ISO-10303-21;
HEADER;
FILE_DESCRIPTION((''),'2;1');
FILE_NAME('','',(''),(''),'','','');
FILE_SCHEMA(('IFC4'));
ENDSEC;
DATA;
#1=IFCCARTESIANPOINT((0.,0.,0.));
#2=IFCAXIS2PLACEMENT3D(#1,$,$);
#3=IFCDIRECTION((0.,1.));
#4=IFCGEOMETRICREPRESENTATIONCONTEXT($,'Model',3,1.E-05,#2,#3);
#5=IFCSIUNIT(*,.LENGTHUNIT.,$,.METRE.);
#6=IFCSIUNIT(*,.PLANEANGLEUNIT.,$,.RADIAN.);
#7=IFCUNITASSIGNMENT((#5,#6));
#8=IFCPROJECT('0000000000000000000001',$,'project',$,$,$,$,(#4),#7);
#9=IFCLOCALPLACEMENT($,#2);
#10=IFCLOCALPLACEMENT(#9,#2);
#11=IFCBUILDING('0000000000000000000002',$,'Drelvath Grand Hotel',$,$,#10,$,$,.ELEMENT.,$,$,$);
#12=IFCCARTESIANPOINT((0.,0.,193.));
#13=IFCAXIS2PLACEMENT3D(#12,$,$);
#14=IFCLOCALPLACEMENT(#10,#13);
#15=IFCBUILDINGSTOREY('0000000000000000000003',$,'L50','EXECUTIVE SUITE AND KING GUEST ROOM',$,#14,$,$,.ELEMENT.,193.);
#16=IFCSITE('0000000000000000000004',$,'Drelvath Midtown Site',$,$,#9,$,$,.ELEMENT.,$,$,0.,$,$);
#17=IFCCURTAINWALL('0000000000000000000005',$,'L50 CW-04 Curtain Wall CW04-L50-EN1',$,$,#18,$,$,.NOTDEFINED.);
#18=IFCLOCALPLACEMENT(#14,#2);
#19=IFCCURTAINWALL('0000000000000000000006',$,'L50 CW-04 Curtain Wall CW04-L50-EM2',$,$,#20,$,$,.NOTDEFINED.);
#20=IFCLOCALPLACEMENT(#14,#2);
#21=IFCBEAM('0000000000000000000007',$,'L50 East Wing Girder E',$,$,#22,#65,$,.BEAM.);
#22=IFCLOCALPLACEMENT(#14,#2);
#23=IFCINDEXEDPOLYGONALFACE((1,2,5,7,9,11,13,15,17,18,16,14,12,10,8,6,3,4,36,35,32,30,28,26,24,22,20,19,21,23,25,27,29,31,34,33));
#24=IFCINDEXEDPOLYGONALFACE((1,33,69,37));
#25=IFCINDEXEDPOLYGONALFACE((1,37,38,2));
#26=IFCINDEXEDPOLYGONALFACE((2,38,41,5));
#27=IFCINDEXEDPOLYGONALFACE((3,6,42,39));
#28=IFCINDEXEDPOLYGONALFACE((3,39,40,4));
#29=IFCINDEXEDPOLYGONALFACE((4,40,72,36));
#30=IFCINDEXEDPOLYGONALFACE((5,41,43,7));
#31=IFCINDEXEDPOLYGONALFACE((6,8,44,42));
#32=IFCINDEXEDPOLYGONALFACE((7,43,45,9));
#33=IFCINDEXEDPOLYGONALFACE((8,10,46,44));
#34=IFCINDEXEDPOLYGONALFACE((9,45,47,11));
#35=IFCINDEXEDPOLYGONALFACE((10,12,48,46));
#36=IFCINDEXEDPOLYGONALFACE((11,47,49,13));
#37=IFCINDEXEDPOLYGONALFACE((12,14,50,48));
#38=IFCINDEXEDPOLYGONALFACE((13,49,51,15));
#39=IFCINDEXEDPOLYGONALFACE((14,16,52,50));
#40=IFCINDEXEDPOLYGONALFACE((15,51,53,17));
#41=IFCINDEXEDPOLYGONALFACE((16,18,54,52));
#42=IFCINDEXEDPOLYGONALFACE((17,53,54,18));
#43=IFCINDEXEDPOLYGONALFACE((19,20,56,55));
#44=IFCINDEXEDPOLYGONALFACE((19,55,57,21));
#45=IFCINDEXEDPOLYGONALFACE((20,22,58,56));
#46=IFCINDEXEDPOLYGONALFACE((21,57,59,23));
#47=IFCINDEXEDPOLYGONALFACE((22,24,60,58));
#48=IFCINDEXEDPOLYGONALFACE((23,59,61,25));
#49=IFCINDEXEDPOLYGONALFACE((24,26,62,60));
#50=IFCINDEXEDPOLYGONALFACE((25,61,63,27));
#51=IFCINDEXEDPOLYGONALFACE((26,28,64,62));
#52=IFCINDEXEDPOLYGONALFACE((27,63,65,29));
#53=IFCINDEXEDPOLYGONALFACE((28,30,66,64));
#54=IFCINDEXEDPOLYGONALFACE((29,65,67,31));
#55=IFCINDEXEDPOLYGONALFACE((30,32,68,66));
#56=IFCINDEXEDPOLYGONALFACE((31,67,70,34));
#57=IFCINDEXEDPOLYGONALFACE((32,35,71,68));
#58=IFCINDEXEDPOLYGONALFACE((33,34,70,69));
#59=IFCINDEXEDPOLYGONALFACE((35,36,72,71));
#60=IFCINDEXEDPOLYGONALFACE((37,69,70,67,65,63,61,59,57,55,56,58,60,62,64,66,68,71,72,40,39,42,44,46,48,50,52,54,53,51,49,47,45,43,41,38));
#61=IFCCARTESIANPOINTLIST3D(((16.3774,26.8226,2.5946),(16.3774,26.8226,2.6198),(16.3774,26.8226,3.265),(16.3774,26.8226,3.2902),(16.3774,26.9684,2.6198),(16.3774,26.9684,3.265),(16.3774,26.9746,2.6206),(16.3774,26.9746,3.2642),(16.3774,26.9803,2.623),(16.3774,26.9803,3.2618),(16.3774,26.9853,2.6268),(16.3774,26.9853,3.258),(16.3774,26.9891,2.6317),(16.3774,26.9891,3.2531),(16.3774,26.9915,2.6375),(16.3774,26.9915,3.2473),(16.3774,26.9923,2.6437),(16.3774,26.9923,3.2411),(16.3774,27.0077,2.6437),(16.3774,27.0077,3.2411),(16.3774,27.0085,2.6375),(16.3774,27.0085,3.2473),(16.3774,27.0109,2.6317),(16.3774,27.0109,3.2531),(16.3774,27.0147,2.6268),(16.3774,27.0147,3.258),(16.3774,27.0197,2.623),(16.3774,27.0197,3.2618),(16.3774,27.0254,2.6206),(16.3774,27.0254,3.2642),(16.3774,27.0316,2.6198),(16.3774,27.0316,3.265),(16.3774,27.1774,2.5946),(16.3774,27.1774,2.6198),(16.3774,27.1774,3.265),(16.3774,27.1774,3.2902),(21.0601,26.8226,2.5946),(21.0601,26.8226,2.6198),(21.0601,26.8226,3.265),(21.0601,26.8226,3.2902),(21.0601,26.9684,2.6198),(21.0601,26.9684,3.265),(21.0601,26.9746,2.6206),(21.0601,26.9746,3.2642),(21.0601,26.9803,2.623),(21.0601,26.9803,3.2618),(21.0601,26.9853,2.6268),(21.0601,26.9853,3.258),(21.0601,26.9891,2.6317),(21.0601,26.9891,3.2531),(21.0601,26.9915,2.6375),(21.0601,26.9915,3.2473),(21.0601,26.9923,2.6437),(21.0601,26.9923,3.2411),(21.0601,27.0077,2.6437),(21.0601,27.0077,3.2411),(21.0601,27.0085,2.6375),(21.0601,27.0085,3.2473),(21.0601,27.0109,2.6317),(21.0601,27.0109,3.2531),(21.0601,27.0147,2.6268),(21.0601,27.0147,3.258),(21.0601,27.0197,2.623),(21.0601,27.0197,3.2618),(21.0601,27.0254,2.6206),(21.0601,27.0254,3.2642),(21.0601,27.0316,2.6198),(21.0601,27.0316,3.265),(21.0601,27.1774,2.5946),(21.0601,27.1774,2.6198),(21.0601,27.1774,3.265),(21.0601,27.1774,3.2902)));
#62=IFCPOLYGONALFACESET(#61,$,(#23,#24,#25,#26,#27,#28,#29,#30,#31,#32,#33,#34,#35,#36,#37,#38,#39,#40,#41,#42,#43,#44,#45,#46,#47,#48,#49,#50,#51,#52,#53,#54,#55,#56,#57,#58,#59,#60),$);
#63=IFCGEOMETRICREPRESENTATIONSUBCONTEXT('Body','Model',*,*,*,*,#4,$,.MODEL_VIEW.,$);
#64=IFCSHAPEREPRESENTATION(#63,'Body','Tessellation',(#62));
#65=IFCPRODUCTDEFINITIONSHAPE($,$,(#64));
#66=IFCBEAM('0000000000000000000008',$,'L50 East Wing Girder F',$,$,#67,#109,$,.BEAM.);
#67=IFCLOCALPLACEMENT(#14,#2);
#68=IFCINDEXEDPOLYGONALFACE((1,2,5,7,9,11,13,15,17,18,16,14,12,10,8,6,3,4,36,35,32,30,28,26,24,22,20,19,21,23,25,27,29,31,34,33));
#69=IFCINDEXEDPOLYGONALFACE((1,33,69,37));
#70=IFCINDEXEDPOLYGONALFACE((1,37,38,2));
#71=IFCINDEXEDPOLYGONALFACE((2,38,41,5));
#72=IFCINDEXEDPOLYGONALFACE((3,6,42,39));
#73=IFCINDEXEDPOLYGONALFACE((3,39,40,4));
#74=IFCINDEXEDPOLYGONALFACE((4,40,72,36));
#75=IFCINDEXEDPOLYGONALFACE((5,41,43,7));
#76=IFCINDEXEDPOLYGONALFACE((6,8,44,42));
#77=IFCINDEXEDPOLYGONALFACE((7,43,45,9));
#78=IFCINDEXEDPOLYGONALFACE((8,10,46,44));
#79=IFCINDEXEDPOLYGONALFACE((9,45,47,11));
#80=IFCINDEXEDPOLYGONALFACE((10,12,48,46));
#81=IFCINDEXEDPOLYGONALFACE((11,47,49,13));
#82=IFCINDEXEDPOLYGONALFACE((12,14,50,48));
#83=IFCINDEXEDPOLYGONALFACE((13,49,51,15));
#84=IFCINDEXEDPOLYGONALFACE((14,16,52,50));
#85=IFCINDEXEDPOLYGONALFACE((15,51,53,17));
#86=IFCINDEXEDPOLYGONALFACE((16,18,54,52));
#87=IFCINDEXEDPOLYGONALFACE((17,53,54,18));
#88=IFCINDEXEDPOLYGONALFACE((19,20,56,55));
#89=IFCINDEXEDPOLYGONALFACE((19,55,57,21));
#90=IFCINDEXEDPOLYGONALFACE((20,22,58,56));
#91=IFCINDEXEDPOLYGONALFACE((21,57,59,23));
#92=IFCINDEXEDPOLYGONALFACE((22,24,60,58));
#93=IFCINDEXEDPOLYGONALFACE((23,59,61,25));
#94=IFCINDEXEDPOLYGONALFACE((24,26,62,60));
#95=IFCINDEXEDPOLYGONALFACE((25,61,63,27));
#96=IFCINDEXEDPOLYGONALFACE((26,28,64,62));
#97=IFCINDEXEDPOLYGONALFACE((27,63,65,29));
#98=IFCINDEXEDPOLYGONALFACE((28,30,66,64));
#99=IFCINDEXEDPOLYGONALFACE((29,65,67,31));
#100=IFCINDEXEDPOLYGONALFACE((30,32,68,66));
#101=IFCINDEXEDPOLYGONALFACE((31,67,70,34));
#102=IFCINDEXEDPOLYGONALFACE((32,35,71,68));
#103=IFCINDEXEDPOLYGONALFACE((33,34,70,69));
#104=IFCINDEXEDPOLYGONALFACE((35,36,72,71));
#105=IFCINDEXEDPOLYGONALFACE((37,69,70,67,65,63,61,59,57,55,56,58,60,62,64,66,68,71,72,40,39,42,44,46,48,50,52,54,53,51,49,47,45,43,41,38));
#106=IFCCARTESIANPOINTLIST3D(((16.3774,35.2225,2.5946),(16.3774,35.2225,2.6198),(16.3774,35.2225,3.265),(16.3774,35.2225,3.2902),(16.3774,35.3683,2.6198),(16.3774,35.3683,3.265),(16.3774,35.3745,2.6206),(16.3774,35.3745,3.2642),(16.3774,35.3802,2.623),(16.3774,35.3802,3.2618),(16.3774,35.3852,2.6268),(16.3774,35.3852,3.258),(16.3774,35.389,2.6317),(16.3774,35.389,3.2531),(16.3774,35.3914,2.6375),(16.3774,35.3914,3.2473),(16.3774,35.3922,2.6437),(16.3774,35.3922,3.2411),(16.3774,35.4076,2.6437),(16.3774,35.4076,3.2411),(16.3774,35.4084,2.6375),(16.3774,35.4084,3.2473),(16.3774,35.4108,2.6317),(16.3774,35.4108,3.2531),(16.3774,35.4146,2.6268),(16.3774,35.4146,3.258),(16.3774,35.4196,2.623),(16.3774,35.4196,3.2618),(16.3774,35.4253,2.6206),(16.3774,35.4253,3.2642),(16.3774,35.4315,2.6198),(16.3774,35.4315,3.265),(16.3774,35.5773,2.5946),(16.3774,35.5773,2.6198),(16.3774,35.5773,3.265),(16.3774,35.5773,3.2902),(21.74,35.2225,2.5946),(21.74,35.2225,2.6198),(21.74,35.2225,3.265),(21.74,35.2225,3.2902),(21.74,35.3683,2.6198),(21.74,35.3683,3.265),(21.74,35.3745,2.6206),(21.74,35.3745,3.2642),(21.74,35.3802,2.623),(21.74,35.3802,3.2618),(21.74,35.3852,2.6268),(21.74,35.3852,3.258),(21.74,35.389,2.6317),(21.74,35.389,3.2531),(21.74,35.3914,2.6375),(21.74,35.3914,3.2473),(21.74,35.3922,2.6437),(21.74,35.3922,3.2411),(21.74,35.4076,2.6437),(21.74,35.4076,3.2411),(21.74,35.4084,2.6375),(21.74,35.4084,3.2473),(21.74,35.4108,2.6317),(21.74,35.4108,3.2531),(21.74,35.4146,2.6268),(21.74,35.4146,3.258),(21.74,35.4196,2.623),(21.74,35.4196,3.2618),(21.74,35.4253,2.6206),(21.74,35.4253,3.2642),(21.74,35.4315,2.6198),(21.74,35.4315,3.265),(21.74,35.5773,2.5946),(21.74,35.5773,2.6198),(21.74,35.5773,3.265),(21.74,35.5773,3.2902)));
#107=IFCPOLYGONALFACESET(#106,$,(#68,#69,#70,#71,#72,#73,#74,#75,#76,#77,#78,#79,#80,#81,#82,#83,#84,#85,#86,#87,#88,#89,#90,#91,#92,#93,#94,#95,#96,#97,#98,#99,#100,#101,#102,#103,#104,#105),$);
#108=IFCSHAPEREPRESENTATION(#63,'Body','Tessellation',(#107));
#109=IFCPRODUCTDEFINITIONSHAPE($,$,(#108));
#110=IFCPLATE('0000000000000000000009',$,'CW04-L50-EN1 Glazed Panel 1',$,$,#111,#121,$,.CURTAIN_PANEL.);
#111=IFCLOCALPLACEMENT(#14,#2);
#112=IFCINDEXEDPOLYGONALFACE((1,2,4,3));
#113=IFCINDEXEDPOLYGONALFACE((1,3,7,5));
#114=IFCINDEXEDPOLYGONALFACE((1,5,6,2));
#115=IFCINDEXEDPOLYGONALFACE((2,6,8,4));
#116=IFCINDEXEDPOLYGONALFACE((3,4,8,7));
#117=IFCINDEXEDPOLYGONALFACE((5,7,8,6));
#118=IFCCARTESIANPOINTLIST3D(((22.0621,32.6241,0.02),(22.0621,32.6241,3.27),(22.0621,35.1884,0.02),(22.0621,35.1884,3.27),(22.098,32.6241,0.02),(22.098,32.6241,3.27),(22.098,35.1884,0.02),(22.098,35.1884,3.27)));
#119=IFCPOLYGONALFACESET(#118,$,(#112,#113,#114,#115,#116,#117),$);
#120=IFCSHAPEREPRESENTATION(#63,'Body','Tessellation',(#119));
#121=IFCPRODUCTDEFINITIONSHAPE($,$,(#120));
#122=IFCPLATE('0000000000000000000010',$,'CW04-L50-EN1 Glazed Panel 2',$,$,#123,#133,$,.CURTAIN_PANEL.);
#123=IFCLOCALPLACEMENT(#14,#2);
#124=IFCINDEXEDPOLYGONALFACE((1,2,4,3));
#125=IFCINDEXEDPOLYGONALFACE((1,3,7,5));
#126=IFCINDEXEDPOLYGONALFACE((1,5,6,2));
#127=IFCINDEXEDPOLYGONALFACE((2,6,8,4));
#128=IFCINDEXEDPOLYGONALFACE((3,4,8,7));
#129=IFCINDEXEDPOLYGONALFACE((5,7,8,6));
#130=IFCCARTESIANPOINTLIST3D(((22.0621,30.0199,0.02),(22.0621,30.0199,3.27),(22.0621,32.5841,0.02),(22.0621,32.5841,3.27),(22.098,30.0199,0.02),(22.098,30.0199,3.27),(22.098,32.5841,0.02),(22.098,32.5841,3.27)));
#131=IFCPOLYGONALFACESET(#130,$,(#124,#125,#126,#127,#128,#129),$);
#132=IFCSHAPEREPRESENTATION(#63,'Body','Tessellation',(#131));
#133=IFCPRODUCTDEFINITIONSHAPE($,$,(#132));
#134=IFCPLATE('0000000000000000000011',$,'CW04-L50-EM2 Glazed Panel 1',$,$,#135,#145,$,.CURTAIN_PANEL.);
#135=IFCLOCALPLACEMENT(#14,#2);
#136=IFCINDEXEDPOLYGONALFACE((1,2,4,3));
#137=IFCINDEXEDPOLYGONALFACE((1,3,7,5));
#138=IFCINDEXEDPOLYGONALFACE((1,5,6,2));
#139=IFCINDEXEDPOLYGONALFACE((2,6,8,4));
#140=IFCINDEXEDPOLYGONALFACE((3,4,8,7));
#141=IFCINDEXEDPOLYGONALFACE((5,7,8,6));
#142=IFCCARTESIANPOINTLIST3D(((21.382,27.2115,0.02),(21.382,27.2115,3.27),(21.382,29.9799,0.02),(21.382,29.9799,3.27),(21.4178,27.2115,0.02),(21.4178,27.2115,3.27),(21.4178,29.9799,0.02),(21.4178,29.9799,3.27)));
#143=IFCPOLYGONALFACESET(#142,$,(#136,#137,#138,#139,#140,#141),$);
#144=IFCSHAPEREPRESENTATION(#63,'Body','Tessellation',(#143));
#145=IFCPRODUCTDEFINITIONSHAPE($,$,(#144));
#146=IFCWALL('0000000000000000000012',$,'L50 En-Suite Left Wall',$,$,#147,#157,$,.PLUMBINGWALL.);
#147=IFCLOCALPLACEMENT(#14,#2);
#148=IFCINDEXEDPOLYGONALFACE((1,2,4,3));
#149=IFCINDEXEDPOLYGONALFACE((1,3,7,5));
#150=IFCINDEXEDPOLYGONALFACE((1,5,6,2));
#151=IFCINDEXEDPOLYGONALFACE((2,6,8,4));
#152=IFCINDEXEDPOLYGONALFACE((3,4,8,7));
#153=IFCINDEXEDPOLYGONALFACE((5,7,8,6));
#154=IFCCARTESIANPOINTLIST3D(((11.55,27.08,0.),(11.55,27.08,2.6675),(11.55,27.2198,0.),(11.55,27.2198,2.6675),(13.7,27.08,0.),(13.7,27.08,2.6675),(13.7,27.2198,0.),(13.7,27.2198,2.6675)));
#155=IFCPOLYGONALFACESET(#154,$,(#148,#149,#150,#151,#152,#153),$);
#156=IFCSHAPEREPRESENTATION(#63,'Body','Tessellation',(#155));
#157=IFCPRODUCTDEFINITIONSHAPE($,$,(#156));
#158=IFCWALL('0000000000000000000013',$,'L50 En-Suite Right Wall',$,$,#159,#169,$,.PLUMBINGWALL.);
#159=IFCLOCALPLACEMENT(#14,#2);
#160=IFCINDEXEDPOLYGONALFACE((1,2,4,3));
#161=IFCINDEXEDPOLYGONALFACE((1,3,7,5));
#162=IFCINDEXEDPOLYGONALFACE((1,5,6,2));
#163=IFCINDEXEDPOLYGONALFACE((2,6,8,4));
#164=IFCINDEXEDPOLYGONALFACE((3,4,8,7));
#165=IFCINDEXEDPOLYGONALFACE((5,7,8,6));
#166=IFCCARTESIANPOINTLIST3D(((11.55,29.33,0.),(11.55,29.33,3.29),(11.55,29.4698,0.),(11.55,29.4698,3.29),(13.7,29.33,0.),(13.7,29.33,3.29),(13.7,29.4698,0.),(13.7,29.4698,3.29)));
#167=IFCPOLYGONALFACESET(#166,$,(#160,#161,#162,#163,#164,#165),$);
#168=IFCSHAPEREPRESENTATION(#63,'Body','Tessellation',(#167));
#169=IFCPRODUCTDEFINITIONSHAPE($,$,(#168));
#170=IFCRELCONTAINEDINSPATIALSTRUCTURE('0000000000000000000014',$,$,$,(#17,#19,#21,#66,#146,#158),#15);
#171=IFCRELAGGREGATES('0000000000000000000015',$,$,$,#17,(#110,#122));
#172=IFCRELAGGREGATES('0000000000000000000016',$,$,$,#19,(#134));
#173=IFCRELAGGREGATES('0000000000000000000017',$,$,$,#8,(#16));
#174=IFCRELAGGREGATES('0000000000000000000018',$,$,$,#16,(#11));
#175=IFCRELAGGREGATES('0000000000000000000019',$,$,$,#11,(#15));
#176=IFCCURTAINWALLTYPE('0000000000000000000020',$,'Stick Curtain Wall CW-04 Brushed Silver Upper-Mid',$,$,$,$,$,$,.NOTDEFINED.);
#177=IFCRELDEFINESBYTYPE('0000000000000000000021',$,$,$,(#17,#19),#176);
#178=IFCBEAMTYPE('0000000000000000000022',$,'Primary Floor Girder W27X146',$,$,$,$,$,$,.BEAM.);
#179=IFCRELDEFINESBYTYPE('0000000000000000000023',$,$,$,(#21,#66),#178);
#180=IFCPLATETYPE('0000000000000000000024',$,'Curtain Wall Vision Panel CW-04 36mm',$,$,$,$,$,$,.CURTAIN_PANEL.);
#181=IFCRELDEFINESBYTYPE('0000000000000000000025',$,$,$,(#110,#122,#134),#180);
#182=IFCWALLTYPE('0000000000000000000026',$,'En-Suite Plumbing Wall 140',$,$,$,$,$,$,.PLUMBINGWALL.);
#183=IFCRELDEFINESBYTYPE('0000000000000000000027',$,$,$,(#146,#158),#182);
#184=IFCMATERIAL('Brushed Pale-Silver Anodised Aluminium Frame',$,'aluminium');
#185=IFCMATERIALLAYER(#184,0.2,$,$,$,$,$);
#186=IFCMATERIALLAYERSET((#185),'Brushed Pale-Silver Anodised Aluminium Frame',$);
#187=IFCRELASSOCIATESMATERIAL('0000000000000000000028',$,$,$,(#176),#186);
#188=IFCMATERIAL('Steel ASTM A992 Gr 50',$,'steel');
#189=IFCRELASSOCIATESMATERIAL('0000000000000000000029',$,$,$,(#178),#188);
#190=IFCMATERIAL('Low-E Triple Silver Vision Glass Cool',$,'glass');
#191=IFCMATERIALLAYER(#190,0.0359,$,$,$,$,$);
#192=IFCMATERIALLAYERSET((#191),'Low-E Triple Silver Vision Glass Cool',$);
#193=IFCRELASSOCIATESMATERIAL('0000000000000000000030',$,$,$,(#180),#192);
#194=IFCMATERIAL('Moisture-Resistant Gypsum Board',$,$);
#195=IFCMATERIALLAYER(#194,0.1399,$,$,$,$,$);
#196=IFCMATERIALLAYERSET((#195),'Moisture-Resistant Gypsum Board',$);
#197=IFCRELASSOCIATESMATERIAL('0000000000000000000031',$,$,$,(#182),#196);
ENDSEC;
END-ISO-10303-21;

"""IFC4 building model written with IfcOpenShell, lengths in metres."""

from ifc_helpers import new_model, si_unit, direction, frame, frame_2d, origin, origin_2d, place, context, subcontext, project, spatial, rectangle, i_section, extrude, material, layer, layer_set, material_profile, profile_set, type_object, element, aggregate, save


model = new_model("IFC4")

# Units and contexts
model_context = context("Model", 3, precision=1e-05, world=origin(), true_north=direction((0.0, 1.0)))
body_context = subcontext(model_context, "Body", "Model", "MODEL_VIEW")
ifc_project = project(units=[si_unit("LENGTHUNIT", "METRE"), si_unit("PLANEANGLEUNIT", "RADIAN")], contexts=[model_context])

# Site, building, storey
site_placement = place(None, origin())
site = spatial("IfcSite", under=ifc_project, at=site_placement, Name="Drelvath Midtown Site", CompositionType="ELEMENT", RefElevation=0.0)
building_placement = place(site_placement, origin())
building = spatial("IfcBuilding", under=site, at=building_placement, Name="Drelvath Grand Hotel", CompositionType="ELEMENT")
storey_placement = place(building_placement, frame((0.0, 0.0, 193.0)))
storey = spatial("IfcBuildingStorey", under=building, at=storey_placement, Name="L50", Description="EXECUTIVE SUITE AND KING GUEST ROOM", CompositionType="ELEMENT", Elevation=193.0)

# Curtain walls
ifc_material_1 = material(Name="Brushed Pale-Silver Anodised Aluminium Frame", Category="aluminium")
ifc_layer_1 = layer(ifc_material_1, 0.2)
ifc_layer_set_1 = layer_set([ifc_layer_1], Name="Brushed Pale-Silver Anodised Aluminium Frame")
curtain_wall_type = type_object("IfcCurtainWallType", Name="Stick Curtain Wall CW-04 Brushed Silver Upper-Mid", PredefinedType="NOTDEFINED", material=ifc_layer_set_1)
curtain_wall_1_placement = place(storey_placement, origin())
curtain_wall_1 = element("IfcCurtainWall", 1, at=curtain_wall_1_placement, inside=storey, type_object=curtain_wall_type, Name="L50 CW-04 Curtain Wall CW04-L50-EN1", PredefinedType="NOTDEFINED")
curtain_wall_2_placement = place(storey_placement, origin())
curtain_wall_2 = element("IfcCurtainWall", 2, at=curtain_wall_2_placement, inside=storey, type_object=curtain_wall_type, Name="L50 CW-04 Curtain Wall CW04-L50-EM2", PredefinedType="NOTDEFINED")

# Beams
ifc_material_2 = material(Name="Steel ASTM A992 Gr 50", Category="steel")
ifc_material_profile_1 = material_profile(ifc_material_2, i_section(OverallWidth=0.3547, OverallDepth=0.6956, WebThickness=0.0154, FlangeThickness=0.0251, FilletRadius=0.0239, at=origin_2d()), Name="W27X146")
ifc_profile_set_1 = profile_set([ifc_material_profile_1], Name="Steel ASTM A992 Gr 50")
beam_type_1 = type_object("IfcBeamType", Name="Primary Floor Girder W27X146", PredefinedType="BEAM", material=ifc_profile_set_1)
beam_1_placement = place(storey_placement, frame((16.3774, 27.0, 2.9424), z_axis=(1.0, 0.0, 0.0), x_axis=(0.0, 1.0, 0.0)))
element("IfcBeam", 3, at=beam_1_placement, inside=storey, type_object=beam_type_1, Name="L50 East Wing Girder E", PredefinedType="BEAM", context=body_context, shape_type="SweptSolid", body=[
    extrude(i_section(OverallWidth=0.3547, OverallDepth=0.6956, WebThickness=0.0154, FlangeThickness=0.0251, FilletRadius=0.0239, at=origin_2d()), origin(), (0.0, 0.0, 1.0), 4.6826),
])
beam_2_placement = place(storey_placement, frame((16.3774, 35.3999, 2.9424), z_axis=(1.0, 0.0, 0.0), x_axis=(0.0, 1.0, 0.0)))
element("IfcBeam", 4, at=beam_2_placement, inside=storey, type_object=beam_type_1, Name="L50 East Wing Girder F", PredefinedType="BEAM", context=body_context, shape_type="SweptSolid", body=[
    extrude(i_section(OverallWidth=0.3547, OverallDepth=0.6956, WebThickness=0.0154, FlangeThickness=0.0251, FilletRadius=0.0239, at=origin_2d()), origin(), (0.0, 0.0, 1.0), 5.3625),
])

# Plates
ifc_material_3 = material(Name="Low-E Triple Silver Vision Glass Cool", Category="glass")
ifc_layer_2 = layer(ifc_material_3, 0.0359)
ifc_layer_set_2 = layer_set([ifc_layer_2], Name="Low-E Triple Silver Vision Glass Cool")
plate_type = type_object("IfcPlateType", Name="Curtain Wall Vision Panel CW-04 36mm", PredefinedType="CURTAIN_PANEL", material=ifc_layer_set_2)
plate_1_placement = place(storey_placement, frame((22.0801, 33.9062, 0.02), z_axis=(0.0, 0.0, 1.0), x_axis=(0.0, -1.0, 0.0)))
plate_1 = element("IfcPlate", 5, at=plate_1_placement, type_object=plate_type, Name="CW04-L50-EN1 Glazed Panel 1", PredefinedType="CURTAIN_PANEL", context=body_context, shape_type="SweptSolid", body=[
    extrude(rectangle(XDim=2.5642, YDim=0.0359, at=origin_2d()), origin(), (0.0, 0.0, 1.0), 3.25),
])
plate_2_placement = place(storey_placement, frame((22.0801, 31.302, 0.02), z_axis=(0.0, 0.0, 1.0), x_axis=(0.0, -1.0, 0.0)))
plate_2 = element("IfcPlate", 6, at=plate_2_placement, type_object=plate_type, Name="CW04-L50-EN1 Glazed Panel 2", PredefinedType="CURTAIN_PANEL", context=body_context, shape_type="SweptSolid", body=[
    extrude(rectangle(XDim=2.5642, YDim=0.0359, at=origin_2d()), origin(), (0.0, 0.0, 1.0), 3.25),
])
aggregate(curtain_wall_1, [plate_1, plate_2])
plate_3_placement = place(storey_placement, frame((21.3999, 28.5957, 0.02), z_axis=(0.0, 0.0, 1.0), x_axis=(0.0, -1.0, 0.0)))
plate_3 = element("IfcPlate", 7, at=plate_3_placement, type_object=plate_type, Name="CW04-L50-EM2 Glazed Panel 1", PredefinedType="CURTAIN_PANEL", context=body_context, shape_type="SweptSolid", body=[
    extrude(rectangle(XDim=2.7683, YDim=0.0359, at=origin_2d()), origin(), (0.0, 0.0, 1.0), 3.25),
])
aggregate(curtain_wall_2, [plate_3])

# Walls
ifc_material_4 = material(Name="Moisture-Resistant Gypsum Board")
ifc_layer_3 = layer(ifc_material_4, 0.1399)
ifc_layer_set_3 = layer_set([ifc_layer_3], Name="Moisture-Resistant Gypsum Board")
wall_type_1 = type_object("IfcWallType", Name="En-Suite Plumbing Wall 140", PredefinedType="PLUMBINGWALL", material=ifc_layer_set_3)
wall_1_placement = place(storey_placement, frame((11.55, 27.1499, 0.0), z_axis=(0.0, 0.0, 1.0), x_axis=(1.0, 0.0, 0.0)))
element("IfcWall", 8, at=wall_1_placement, inside=storey, type_object=wall_type_1, Name="L50 En-Suite Left Wall", PredefinedType="PLUMBINGWALL", context=body_context, shape_type="SweptSolid", body=[
    extrude(rectangle(XDim=2.1499, YDim=0.1399, at=frame_2d((1.075, 0.0))), origin(), (0.0, 0.0, 1.0), 2.6675),
])
wall_2_placement = place(storey_placement, frame((11.55, 29.3999, 0.0), z_axis=(0.0, 0.0, 1.0), x_axis=(1.0, 0.0, 0.0)))
element("IfcWall", 9, at=wall_2_placement, inside=storey, type_object=wall_type_1, Name="L50 En-Suite Right Wall", PredefinedType="PLUMBINGWALL", context=body_context, shape_type="SweptSolid", body=[
    extrude(rectangle(XDim=2.1499, YDim=0.1399, at=frame_2d((1.075, 0.0))), origin(), (0.0, 0.0, 1.0), 3.29),
])

save(model, "model.ifc")
